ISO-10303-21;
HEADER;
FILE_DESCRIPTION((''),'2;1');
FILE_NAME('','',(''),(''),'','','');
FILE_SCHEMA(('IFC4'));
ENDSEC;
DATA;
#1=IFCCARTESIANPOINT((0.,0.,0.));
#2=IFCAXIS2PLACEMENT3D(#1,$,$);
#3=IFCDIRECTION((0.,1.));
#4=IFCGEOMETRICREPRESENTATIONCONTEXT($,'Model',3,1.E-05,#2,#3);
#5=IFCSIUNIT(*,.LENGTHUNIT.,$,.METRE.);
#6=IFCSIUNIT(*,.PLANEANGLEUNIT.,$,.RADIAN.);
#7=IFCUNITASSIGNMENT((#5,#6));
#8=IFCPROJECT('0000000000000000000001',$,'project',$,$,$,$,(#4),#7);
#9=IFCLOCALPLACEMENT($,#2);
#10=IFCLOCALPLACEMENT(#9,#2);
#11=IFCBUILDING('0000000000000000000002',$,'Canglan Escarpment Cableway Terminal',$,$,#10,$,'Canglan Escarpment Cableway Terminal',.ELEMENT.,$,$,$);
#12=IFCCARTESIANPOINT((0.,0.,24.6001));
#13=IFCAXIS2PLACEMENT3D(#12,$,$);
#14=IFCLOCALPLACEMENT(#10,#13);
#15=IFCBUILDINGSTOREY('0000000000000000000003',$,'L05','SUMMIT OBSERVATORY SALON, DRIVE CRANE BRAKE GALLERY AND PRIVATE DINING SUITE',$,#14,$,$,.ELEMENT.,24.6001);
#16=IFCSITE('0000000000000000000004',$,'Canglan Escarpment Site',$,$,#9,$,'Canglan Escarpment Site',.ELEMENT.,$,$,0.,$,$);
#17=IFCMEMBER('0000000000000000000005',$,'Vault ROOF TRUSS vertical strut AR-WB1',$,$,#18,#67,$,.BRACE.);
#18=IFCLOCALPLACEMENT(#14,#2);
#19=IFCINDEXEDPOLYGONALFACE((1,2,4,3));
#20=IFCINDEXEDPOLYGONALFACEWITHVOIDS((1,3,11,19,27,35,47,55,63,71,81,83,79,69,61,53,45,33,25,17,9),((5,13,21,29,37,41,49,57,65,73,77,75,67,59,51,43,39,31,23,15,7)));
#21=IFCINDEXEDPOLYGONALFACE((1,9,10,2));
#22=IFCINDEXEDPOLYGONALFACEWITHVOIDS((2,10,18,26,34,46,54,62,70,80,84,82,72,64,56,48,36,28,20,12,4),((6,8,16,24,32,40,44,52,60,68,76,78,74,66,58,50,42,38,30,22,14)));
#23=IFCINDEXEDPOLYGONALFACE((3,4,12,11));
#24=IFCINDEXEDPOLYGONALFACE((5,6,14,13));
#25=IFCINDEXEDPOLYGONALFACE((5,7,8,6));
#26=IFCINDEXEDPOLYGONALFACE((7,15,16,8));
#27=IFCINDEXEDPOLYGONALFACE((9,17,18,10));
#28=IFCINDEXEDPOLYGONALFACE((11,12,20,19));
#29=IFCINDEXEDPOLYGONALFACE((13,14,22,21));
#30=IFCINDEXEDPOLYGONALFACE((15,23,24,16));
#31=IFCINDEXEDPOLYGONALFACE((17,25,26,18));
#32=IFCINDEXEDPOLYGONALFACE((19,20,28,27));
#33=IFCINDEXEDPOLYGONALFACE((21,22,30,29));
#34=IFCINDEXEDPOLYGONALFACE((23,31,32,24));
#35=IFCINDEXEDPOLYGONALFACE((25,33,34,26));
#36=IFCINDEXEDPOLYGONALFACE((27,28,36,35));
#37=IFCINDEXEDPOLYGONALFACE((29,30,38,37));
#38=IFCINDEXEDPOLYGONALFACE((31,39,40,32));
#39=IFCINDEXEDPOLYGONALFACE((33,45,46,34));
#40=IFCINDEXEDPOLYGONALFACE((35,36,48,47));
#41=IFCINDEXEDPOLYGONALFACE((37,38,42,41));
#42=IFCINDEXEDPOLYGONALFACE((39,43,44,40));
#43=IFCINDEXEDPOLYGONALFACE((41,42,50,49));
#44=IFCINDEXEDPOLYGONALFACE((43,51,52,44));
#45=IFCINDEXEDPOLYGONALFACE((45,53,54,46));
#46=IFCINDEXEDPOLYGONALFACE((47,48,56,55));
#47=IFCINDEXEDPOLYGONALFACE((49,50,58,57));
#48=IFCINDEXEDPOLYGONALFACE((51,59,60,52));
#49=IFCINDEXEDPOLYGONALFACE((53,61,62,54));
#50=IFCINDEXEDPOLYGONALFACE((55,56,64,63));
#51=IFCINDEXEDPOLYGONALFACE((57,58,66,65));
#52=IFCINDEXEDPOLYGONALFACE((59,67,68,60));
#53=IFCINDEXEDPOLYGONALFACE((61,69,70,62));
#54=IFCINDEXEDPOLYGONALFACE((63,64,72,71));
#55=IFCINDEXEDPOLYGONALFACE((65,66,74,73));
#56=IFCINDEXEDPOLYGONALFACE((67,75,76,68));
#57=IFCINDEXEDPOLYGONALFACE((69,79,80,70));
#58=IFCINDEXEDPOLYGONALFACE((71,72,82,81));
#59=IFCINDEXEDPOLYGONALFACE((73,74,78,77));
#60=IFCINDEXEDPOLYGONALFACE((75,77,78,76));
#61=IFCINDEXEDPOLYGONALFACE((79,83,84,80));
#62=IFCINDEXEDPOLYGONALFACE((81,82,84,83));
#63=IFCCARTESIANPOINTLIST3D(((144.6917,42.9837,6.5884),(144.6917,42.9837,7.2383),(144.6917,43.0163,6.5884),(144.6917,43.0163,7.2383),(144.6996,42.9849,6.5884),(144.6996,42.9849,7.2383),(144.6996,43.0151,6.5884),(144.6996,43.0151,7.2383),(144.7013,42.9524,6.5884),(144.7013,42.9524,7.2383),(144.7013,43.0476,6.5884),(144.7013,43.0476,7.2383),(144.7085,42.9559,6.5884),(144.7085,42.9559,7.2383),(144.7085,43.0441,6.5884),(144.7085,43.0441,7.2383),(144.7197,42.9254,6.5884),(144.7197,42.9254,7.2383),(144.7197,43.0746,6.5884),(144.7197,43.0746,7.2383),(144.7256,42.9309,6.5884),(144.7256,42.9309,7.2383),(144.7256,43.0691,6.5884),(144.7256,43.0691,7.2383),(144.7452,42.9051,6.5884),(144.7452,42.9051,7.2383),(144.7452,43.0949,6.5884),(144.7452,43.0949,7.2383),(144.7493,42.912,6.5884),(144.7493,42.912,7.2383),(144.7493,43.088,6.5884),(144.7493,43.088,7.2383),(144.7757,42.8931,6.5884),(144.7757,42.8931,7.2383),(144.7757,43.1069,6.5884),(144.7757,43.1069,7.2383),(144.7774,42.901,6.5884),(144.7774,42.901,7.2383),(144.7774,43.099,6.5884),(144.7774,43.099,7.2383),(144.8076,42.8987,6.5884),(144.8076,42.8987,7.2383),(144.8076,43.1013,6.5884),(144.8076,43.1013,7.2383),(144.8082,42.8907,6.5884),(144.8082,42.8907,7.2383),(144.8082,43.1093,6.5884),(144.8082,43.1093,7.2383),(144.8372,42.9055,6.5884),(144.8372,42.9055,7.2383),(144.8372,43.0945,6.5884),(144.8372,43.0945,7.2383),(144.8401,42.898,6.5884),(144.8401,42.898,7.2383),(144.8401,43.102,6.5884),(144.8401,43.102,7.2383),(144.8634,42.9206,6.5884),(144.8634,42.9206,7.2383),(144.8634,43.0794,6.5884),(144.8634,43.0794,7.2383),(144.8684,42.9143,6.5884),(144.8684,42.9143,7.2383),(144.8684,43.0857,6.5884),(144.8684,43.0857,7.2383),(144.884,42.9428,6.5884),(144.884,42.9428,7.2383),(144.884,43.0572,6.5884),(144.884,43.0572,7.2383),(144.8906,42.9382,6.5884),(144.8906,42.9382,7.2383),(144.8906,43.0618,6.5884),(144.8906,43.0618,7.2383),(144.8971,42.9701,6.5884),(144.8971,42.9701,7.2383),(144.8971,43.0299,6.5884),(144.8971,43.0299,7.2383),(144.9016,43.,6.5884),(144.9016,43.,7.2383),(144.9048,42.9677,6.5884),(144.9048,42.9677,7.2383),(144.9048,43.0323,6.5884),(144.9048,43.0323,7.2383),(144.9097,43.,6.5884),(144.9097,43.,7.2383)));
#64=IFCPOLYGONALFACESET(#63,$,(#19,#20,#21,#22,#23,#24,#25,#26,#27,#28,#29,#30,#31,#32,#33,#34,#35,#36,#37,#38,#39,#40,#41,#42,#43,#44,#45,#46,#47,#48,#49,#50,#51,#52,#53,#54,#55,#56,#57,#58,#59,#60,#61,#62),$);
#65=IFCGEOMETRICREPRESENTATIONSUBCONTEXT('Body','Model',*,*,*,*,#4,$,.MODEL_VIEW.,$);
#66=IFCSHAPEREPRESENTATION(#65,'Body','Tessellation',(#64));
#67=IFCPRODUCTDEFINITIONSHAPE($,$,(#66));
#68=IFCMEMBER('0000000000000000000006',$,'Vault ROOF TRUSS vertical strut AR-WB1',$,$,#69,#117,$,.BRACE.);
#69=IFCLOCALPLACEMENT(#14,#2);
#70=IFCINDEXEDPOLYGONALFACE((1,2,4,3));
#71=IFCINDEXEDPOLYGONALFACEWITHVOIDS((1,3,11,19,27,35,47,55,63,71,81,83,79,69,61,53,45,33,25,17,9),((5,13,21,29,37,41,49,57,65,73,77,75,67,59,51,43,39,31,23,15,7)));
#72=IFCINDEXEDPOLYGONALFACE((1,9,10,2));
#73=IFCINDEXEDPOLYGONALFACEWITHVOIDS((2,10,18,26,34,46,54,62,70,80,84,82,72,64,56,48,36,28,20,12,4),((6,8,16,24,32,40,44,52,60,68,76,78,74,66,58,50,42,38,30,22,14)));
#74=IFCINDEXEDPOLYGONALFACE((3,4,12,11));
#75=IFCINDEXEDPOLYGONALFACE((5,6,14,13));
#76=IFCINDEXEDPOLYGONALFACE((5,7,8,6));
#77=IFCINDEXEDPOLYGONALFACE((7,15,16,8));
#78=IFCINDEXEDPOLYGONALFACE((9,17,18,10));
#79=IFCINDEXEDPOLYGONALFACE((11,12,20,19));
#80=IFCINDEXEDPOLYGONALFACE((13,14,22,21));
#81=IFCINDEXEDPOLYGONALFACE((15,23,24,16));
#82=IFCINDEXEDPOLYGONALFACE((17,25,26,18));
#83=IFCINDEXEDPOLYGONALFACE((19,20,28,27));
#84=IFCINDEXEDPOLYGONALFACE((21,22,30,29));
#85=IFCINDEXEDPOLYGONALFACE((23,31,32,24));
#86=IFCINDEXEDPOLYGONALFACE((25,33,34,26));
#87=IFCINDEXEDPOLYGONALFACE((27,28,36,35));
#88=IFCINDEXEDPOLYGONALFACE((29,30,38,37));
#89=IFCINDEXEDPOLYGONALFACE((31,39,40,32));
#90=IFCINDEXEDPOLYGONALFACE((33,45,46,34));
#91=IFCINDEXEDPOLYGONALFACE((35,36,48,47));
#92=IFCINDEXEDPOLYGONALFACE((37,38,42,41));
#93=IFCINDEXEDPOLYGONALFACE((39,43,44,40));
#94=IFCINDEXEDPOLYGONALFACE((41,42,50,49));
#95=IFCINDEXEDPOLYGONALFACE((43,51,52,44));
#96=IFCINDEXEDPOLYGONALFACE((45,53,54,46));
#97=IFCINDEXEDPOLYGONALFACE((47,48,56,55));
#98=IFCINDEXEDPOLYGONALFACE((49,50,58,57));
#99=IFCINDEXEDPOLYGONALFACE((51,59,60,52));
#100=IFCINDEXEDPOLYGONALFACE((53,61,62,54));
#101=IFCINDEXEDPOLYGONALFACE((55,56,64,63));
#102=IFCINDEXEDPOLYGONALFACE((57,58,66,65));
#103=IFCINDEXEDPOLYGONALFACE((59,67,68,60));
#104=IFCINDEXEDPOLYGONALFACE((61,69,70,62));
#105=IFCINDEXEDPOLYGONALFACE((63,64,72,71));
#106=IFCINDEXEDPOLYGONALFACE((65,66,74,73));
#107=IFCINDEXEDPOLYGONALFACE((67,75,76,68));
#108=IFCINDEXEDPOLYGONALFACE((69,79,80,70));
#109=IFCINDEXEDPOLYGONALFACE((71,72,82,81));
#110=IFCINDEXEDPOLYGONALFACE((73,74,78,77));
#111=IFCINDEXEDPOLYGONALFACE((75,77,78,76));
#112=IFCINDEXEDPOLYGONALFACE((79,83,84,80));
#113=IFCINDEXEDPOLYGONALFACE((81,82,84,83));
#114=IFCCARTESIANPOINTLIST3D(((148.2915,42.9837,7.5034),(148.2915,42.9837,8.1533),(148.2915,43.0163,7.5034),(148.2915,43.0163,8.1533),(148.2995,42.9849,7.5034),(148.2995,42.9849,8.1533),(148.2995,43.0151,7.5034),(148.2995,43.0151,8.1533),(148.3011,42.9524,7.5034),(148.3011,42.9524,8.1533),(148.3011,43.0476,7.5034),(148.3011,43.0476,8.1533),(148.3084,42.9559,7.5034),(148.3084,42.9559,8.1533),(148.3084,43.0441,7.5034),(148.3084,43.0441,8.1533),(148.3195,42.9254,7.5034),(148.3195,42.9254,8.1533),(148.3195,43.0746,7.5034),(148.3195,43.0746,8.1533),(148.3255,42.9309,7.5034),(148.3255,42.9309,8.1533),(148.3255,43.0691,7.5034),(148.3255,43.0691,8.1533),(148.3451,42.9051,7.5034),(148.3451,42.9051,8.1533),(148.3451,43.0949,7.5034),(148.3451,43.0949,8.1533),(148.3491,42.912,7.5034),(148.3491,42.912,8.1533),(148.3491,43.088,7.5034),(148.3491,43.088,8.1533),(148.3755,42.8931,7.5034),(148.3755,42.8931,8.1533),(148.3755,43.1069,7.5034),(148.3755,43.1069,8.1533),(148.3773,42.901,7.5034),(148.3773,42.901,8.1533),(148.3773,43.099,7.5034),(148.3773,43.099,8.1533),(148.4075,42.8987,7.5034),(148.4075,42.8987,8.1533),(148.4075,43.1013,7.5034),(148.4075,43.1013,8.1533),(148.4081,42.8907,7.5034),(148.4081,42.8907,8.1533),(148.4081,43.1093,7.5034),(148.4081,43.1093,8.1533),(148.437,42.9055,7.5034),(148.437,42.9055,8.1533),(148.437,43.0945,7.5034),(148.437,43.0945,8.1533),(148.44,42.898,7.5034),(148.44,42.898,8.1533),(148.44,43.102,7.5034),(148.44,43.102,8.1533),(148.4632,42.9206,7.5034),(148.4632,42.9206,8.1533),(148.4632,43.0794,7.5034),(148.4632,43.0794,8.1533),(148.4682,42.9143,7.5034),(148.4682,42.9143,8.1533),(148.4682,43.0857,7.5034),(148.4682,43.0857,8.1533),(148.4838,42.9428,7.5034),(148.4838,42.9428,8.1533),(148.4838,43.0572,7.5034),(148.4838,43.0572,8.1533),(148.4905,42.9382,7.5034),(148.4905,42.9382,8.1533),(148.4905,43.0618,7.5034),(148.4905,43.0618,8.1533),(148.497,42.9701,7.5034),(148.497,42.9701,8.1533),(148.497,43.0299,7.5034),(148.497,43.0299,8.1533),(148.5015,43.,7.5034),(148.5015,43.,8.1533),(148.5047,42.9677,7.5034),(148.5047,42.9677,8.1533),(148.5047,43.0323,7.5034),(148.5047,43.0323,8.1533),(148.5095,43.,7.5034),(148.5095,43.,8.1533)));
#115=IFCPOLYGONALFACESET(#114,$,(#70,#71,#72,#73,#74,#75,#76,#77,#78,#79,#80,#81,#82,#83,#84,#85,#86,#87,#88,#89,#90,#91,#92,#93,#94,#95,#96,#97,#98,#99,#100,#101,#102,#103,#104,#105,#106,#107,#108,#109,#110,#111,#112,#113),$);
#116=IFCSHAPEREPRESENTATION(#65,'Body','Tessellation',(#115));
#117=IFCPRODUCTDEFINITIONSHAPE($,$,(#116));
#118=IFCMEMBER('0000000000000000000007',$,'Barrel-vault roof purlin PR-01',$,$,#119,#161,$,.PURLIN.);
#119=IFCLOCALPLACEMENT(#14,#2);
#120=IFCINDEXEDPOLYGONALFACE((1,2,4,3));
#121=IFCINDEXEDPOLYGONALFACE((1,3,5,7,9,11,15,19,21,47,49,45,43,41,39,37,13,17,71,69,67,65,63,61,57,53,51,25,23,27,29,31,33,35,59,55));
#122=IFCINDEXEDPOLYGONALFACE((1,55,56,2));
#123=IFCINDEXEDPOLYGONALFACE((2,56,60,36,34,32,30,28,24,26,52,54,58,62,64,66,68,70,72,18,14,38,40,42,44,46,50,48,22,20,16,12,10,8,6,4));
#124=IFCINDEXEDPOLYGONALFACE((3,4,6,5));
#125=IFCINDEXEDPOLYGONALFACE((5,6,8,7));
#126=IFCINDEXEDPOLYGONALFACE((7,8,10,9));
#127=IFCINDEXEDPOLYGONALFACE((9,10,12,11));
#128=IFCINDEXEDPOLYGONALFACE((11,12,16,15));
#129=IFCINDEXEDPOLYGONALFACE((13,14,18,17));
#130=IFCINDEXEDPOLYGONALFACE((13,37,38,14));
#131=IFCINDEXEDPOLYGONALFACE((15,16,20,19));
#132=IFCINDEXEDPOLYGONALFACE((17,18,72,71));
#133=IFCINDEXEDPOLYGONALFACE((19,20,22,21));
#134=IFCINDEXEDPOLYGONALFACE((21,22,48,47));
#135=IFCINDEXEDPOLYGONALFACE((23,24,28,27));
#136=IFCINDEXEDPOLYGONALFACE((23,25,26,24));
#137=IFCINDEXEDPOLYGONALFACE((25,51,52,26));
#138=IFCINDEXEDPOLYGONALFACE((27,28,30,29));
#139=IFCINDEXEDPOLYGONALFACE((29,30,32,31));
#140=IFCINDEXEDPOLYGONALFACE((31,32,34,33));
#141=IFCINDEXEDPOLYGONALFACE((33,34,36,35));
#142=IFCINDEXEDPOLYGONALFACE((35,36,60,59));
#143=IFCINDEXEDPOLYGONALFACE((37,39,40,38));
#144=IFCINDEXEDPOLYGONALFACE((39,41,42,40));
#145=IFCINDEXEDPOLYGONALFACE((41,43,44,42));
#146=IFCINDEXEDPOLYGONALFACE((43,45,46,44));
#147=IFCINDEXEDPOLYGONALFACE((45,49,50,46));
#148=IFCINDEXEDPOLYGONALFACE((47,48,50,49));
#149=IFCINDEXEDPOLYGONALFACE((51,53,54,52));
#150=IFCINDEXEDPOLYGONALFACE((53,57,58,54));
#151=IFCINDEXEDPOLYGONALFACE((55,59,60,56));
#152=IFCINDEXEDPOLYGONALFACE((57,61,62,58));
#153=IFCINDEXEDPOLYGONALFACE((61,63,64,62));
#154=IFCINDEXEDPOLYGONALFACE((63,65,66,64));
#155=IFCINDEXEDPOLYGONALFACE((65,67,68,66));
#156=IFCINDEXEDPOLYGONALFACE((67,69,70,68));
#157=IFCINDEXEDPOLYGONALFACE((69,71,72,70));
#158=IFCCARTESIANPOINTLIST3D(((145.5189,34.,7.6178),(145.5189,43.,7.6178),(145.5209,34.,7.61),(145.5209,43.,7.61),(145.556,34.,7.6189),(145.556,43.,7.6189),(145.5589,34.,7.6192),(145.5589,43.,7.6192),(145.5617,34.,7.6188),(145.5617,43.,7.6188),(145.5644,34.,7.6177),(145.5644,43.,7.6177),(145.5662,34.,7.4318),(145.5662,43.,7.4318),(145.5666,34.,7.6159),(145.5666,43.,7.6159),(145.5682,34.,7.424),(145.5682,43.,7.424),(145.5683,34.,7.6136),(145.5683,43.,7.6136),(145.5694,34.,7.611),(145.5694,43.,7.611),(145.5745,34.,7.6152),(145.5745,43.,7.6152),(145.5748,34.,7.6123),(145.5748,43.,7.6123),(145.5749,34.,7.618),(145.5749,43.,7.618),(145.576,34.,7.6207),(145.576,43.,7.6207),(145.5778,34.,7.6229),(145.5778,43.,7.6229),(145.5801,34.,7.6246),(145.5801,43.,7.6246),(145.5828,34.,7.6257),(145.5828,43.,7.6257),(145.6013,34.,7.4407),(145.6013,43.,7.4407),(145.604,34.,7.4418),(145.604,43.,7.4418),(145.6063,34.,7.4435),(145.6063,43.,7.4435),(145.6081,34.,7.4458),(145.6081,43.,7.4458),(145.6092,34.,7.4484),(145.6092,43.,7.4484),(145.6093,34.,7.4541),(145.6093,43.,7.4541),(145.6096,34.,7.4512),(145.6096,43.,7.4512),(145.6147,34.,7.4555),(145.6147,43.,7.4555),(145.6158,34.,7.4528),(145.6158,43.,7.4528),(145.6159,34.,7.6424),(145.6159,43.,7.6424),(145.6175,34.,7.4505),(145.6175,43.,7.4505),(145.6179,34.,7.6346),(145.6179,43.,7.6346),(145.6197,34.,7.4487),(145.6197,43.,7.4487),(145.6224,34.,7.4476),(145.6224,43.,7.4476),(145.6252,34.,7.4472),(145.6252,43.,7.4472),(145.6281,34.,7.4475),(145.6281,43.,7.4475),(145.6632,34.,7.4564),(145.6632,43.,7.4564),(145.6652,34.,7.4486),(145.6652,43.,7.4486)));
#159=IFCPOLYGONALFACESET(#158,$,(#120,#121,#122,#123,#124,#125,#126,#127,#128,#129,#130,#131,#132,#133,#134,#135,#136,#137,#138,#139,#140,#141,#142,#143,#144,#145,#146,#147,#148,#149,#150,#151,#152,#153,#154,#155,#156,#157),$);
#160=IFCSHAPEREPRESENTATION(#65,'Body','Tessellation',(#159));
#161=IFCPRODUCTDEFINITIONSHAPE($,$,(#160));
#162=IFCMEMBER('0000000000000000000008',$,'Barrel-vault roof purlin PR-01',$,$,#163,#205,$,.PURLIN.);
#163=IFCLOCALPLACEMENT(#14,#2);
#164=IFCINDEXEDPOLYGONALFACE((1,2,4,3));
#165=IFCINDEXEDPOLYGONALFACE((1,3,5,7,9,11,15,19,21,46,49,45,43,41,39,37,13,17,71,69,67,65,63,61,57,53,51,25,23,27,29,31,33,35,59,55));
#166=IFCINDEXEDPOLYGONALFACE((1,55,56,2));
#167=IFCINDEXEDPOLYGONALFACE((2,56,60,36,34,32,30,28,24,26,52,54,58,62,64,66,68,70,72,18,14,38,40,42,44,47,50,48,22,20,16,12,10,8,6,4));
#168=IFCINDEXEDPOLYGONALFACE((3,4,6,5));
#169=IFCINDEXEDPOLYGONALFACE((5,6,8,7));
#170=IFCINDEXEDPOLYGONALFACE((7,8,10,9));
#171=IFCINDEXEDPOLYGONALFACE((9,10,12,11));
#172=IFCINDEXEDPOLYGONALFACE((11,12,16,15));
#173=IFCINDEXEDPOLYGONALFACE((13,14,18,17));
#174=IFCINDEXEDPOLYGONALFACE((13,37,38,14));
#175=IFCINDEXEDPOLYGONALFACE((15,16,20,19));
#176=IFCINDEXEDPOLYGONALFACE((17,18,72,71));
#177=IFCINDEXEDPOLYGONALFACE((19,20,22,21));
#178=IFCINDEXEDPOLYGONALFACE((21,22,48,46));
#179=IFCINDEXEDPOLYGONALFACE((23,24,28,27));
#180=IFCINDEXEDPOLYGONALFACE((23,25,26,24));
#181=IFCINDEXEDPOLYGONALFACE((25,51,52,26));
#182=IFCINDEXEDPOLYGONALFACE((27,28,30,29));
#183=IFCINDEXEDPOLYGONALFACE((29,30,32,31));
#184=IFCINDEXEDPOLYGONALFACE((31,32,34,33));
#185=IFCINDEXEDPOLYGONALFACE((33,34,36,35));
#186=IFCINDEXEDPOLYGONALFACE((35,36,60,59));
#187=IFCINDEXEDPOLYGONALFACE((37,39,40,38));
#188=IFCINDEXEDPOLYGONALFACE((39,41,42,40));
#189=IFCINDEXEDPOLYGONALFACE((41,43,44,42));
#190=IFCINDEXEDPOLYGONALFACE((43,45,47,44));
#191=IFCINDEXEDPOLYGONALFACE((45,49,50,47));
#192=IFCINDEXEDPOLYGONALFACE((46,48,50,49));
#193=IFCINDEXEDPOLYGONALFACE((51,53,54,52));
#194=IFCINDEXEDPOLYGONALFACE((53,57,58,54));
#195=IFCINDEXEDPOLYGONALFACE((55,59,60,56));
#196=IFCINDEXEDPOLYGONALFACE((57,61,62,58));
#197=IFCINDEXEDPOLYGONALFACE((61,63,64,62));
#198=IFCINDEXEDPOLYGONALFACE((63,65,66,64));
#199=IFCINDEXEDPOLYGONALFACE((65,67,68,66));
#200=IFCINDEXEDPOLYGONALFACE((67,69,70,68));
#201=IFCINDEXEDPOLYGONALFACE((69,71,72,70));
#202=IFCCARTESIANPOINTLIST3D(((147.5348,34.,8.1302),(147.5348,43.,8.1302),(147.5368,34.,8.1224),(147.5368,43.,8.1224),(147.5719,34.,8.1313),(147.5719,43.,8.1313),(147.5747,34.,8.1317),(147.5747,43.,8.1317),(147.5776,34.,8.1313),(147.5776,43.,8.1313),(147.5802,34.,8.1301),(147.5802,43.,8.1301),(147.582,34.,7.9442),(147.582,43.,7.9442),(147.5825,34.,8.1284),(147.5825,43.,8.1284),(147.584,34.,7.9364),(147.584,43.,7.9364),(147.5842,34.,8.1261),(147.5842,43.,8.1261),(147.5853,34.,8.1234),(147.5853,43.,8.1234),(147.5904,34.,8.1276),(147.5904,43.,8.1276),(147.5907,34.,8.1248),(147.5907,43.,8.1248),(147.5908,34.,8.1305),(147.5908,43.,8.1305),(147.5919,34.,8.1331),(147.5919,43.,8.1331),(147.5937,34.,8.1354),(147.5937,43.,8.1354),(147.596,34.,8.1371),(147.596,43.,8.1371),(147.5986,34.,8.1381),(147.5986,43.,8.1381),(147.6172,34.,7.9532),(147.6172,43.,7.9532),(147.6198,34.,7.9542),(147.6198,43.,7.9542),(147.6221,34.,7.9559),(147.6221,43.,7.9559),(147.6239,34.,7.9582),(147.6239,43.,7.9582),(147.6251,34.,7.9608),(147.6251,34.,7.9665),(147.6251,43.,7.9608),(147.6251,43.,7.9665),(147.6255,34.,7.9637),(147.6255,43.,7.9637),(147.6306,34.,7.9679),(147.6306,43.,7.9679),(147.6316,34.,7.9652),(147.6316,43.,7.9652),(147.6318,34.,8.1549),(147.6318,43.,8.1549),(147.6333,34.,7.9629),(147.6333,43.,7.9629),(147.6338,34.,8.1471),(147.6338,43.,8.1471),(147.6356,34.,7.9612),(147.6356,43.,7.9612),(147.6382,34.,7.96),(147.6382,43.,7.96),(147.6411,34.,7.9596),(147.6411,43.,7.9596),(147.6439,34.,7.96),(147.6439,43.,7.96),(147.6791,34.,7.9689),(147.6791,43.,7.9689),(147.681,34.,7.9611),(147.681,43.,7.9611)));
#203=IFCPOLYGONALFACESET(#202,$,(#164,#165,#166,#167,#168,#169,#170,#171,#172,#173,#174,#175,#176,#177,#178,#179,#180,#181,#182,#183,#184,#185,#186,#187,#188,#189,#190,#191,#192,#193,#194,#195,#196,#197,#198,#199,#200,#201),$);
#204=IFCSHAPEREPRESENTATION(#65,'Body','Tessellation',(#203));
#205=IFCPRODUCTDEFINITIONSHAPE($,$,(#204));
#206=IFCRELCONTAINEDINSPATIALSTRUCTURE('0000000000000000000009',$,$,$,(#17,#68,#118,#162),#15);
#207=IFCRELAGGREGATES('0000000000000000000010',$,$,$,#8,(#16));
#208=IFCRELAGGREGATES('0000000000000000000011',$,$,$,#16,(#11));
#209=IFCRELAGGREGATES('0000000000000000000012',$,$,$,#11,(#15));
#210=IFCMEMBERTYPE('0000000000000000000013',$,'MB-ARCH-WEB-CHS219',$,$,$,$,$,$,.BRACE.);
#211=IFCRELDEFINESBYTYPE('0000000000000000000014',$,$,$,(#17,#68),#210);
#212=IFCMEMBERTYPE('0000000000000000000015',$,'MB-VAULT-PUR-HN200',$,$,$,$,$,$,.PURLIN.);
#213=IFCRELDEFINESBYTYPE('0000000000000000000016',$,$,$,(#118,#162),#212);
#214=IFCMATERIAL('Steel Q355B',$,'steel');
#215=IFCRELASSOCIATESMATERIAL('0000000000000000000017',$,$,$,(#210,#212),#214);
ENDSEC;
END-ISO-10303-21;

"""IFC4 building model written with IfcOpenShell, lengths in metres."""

from ifc_helpers import new_model, si_unit, direction, frame, origin, origin_2d, place, context, subcontext, project, spatial, hollow_circle, i_section, extrude, material, material_profile, profile_set, type_object, element, save


model = new_model("IFC4")

# Units and contexts
model_context = context("Model", 3, precision=1e-05, world=origin(), true_north=direction((0.0, 1.0)))
body_context = subcontext(model_context, "Body", "Model", "MODEL_VIEW")
ifc_project = project(units=[si_unit("LENGTHUNIT", "METRE"), si_unit("PLANEANGLEUNIT", "RADIAN")], contexts=[model_context])

# Site, building, storey
site_placement = place(None, origin())
site = spatial("IfcSite", under=ifc_project, at=site_placement, Name="Canglan Escarpment Site", LongName="Canglan Escarpment Site", CompositionType="ELEMENT", RefElevation=0.0)
building_placement = place(site_placement, origin())
building = spatial("IfcBuilding", under=site, at=building_placement, Name="Canglan Escarpment Cableway Terminal", LongName="Canglan Escarpment Cableway Terminal", CompositionType="ELEMENT")
storey_placement = place(building_placement, frame((0.0, 0.0, 24.6001)))
storey = spatial("IfcBuildingStorey", under=building, at=storey_placement, Name="L05", Description="SUMMIT OBSERVATORY SALON, DRIVE CRANE BRAKE GALLERY AND PRIVATE DINING SUITE", CompositionType="ELEMENT", Elevation=24.6001)

# Shared definitions
ifc_material_1 = material(Name="Steel Q355B", Category="steel")

# Members
ifc_material_profile_1 = material_profile(ifc_material_1, hollow_circle(Radius=0.1096, WallThickness=0.0081, at=origin_2d()), Name="CHS 219.1x8")
ifc_profile_set_1 = profile_set([ifc_material_profile_1], Name="Steel Q355B")
member_type_1 = type_object("IfcMemberType", Name="MB-ARCH-WEB-CHS219", PredefinedType="BRACE", material=ifc_profile_set_1)
for number, where, z_axis, x_axis, name in (
    (1, (144.8, 43.0, 6.5884), (0.0, 0.0, 1.0), (1.0, 0.0, 0.0), "Vault ROOF TRUSS vertical strut AR-WB1"),
    (2, (148.3999, 43.0, 7.5034), (0.0, 0.0, 1.0), (1.0, 0.0, 0.0), "Vault ROOF TRUSS vertical strut AR-WB1"),
):
    element("IfcMember", number, at=place(storey_placement, frame(where, z_axis=z_axis, x_axis=x_axis)), inside=storey, type_object=member_type_1, Name=name, PredefinedType="BRACE", context=body_context, shape_type="SweptSolid", body=[
        extrude(hollow_circle(Radius=0.1096, WallThickness=0.0081, at=origin_2d()), origin(), (0.0, 0.0, 1.0), 0.6499),
    ])
ifc_material_profile_2 = material_profile(ifc_material_1, i_section(OverallWidth=0.1001, OverallDepth=0.2, WebThickness=0.0056, FlangeThickness=0.0081, FilletRadius=0.011, at=origin_2d()), Name="HN 200x100x5.5x8")
ifc_profile_set_2 = profile_set([ifc_material_profile_2], Name="Steel Q355B")
member_type_2 = type_object("IfcMemberType", Name="MB-VAULT-PUR-HN200", PredefinedType="PURLIN", material=ifc_profile_set_2)
for number, where, z_axis, x_axis, name in (
    (3, (145.592, 34.0, 7.5332), (0.0, 1.0, 0.0), (-0.969184, 0.0, -0.246339), "Barrel-vault roof purlin PR-01"),
    (4, (147.6079, 34.0, 8.0457), (0.0, 1.0, 0.0), (-0.969184, 0.0, -0.246339), "Barrel-vault roof purlin PR-01"),
):
    element("IfcMember", number, at=place(storey_placement, frame(where, z_axis=z_axis, x_axis=x_axis)), inside=storey, type_object=member_type_2, Name=name, PredefinedType="PURLIN", context=body_context, shape_type="SweptSolid", body=[
        extrude(i_section(OverallWidth=0.1001, OverallDepth=0.2, WebThickness=0.0056, FlangeThickness=0.0081, FilletRadius=0.011, at=origin_2d()), origin(), (0.0, 0.0, 1.0), 9.0),
    ])

save(model, "model.ifc")
